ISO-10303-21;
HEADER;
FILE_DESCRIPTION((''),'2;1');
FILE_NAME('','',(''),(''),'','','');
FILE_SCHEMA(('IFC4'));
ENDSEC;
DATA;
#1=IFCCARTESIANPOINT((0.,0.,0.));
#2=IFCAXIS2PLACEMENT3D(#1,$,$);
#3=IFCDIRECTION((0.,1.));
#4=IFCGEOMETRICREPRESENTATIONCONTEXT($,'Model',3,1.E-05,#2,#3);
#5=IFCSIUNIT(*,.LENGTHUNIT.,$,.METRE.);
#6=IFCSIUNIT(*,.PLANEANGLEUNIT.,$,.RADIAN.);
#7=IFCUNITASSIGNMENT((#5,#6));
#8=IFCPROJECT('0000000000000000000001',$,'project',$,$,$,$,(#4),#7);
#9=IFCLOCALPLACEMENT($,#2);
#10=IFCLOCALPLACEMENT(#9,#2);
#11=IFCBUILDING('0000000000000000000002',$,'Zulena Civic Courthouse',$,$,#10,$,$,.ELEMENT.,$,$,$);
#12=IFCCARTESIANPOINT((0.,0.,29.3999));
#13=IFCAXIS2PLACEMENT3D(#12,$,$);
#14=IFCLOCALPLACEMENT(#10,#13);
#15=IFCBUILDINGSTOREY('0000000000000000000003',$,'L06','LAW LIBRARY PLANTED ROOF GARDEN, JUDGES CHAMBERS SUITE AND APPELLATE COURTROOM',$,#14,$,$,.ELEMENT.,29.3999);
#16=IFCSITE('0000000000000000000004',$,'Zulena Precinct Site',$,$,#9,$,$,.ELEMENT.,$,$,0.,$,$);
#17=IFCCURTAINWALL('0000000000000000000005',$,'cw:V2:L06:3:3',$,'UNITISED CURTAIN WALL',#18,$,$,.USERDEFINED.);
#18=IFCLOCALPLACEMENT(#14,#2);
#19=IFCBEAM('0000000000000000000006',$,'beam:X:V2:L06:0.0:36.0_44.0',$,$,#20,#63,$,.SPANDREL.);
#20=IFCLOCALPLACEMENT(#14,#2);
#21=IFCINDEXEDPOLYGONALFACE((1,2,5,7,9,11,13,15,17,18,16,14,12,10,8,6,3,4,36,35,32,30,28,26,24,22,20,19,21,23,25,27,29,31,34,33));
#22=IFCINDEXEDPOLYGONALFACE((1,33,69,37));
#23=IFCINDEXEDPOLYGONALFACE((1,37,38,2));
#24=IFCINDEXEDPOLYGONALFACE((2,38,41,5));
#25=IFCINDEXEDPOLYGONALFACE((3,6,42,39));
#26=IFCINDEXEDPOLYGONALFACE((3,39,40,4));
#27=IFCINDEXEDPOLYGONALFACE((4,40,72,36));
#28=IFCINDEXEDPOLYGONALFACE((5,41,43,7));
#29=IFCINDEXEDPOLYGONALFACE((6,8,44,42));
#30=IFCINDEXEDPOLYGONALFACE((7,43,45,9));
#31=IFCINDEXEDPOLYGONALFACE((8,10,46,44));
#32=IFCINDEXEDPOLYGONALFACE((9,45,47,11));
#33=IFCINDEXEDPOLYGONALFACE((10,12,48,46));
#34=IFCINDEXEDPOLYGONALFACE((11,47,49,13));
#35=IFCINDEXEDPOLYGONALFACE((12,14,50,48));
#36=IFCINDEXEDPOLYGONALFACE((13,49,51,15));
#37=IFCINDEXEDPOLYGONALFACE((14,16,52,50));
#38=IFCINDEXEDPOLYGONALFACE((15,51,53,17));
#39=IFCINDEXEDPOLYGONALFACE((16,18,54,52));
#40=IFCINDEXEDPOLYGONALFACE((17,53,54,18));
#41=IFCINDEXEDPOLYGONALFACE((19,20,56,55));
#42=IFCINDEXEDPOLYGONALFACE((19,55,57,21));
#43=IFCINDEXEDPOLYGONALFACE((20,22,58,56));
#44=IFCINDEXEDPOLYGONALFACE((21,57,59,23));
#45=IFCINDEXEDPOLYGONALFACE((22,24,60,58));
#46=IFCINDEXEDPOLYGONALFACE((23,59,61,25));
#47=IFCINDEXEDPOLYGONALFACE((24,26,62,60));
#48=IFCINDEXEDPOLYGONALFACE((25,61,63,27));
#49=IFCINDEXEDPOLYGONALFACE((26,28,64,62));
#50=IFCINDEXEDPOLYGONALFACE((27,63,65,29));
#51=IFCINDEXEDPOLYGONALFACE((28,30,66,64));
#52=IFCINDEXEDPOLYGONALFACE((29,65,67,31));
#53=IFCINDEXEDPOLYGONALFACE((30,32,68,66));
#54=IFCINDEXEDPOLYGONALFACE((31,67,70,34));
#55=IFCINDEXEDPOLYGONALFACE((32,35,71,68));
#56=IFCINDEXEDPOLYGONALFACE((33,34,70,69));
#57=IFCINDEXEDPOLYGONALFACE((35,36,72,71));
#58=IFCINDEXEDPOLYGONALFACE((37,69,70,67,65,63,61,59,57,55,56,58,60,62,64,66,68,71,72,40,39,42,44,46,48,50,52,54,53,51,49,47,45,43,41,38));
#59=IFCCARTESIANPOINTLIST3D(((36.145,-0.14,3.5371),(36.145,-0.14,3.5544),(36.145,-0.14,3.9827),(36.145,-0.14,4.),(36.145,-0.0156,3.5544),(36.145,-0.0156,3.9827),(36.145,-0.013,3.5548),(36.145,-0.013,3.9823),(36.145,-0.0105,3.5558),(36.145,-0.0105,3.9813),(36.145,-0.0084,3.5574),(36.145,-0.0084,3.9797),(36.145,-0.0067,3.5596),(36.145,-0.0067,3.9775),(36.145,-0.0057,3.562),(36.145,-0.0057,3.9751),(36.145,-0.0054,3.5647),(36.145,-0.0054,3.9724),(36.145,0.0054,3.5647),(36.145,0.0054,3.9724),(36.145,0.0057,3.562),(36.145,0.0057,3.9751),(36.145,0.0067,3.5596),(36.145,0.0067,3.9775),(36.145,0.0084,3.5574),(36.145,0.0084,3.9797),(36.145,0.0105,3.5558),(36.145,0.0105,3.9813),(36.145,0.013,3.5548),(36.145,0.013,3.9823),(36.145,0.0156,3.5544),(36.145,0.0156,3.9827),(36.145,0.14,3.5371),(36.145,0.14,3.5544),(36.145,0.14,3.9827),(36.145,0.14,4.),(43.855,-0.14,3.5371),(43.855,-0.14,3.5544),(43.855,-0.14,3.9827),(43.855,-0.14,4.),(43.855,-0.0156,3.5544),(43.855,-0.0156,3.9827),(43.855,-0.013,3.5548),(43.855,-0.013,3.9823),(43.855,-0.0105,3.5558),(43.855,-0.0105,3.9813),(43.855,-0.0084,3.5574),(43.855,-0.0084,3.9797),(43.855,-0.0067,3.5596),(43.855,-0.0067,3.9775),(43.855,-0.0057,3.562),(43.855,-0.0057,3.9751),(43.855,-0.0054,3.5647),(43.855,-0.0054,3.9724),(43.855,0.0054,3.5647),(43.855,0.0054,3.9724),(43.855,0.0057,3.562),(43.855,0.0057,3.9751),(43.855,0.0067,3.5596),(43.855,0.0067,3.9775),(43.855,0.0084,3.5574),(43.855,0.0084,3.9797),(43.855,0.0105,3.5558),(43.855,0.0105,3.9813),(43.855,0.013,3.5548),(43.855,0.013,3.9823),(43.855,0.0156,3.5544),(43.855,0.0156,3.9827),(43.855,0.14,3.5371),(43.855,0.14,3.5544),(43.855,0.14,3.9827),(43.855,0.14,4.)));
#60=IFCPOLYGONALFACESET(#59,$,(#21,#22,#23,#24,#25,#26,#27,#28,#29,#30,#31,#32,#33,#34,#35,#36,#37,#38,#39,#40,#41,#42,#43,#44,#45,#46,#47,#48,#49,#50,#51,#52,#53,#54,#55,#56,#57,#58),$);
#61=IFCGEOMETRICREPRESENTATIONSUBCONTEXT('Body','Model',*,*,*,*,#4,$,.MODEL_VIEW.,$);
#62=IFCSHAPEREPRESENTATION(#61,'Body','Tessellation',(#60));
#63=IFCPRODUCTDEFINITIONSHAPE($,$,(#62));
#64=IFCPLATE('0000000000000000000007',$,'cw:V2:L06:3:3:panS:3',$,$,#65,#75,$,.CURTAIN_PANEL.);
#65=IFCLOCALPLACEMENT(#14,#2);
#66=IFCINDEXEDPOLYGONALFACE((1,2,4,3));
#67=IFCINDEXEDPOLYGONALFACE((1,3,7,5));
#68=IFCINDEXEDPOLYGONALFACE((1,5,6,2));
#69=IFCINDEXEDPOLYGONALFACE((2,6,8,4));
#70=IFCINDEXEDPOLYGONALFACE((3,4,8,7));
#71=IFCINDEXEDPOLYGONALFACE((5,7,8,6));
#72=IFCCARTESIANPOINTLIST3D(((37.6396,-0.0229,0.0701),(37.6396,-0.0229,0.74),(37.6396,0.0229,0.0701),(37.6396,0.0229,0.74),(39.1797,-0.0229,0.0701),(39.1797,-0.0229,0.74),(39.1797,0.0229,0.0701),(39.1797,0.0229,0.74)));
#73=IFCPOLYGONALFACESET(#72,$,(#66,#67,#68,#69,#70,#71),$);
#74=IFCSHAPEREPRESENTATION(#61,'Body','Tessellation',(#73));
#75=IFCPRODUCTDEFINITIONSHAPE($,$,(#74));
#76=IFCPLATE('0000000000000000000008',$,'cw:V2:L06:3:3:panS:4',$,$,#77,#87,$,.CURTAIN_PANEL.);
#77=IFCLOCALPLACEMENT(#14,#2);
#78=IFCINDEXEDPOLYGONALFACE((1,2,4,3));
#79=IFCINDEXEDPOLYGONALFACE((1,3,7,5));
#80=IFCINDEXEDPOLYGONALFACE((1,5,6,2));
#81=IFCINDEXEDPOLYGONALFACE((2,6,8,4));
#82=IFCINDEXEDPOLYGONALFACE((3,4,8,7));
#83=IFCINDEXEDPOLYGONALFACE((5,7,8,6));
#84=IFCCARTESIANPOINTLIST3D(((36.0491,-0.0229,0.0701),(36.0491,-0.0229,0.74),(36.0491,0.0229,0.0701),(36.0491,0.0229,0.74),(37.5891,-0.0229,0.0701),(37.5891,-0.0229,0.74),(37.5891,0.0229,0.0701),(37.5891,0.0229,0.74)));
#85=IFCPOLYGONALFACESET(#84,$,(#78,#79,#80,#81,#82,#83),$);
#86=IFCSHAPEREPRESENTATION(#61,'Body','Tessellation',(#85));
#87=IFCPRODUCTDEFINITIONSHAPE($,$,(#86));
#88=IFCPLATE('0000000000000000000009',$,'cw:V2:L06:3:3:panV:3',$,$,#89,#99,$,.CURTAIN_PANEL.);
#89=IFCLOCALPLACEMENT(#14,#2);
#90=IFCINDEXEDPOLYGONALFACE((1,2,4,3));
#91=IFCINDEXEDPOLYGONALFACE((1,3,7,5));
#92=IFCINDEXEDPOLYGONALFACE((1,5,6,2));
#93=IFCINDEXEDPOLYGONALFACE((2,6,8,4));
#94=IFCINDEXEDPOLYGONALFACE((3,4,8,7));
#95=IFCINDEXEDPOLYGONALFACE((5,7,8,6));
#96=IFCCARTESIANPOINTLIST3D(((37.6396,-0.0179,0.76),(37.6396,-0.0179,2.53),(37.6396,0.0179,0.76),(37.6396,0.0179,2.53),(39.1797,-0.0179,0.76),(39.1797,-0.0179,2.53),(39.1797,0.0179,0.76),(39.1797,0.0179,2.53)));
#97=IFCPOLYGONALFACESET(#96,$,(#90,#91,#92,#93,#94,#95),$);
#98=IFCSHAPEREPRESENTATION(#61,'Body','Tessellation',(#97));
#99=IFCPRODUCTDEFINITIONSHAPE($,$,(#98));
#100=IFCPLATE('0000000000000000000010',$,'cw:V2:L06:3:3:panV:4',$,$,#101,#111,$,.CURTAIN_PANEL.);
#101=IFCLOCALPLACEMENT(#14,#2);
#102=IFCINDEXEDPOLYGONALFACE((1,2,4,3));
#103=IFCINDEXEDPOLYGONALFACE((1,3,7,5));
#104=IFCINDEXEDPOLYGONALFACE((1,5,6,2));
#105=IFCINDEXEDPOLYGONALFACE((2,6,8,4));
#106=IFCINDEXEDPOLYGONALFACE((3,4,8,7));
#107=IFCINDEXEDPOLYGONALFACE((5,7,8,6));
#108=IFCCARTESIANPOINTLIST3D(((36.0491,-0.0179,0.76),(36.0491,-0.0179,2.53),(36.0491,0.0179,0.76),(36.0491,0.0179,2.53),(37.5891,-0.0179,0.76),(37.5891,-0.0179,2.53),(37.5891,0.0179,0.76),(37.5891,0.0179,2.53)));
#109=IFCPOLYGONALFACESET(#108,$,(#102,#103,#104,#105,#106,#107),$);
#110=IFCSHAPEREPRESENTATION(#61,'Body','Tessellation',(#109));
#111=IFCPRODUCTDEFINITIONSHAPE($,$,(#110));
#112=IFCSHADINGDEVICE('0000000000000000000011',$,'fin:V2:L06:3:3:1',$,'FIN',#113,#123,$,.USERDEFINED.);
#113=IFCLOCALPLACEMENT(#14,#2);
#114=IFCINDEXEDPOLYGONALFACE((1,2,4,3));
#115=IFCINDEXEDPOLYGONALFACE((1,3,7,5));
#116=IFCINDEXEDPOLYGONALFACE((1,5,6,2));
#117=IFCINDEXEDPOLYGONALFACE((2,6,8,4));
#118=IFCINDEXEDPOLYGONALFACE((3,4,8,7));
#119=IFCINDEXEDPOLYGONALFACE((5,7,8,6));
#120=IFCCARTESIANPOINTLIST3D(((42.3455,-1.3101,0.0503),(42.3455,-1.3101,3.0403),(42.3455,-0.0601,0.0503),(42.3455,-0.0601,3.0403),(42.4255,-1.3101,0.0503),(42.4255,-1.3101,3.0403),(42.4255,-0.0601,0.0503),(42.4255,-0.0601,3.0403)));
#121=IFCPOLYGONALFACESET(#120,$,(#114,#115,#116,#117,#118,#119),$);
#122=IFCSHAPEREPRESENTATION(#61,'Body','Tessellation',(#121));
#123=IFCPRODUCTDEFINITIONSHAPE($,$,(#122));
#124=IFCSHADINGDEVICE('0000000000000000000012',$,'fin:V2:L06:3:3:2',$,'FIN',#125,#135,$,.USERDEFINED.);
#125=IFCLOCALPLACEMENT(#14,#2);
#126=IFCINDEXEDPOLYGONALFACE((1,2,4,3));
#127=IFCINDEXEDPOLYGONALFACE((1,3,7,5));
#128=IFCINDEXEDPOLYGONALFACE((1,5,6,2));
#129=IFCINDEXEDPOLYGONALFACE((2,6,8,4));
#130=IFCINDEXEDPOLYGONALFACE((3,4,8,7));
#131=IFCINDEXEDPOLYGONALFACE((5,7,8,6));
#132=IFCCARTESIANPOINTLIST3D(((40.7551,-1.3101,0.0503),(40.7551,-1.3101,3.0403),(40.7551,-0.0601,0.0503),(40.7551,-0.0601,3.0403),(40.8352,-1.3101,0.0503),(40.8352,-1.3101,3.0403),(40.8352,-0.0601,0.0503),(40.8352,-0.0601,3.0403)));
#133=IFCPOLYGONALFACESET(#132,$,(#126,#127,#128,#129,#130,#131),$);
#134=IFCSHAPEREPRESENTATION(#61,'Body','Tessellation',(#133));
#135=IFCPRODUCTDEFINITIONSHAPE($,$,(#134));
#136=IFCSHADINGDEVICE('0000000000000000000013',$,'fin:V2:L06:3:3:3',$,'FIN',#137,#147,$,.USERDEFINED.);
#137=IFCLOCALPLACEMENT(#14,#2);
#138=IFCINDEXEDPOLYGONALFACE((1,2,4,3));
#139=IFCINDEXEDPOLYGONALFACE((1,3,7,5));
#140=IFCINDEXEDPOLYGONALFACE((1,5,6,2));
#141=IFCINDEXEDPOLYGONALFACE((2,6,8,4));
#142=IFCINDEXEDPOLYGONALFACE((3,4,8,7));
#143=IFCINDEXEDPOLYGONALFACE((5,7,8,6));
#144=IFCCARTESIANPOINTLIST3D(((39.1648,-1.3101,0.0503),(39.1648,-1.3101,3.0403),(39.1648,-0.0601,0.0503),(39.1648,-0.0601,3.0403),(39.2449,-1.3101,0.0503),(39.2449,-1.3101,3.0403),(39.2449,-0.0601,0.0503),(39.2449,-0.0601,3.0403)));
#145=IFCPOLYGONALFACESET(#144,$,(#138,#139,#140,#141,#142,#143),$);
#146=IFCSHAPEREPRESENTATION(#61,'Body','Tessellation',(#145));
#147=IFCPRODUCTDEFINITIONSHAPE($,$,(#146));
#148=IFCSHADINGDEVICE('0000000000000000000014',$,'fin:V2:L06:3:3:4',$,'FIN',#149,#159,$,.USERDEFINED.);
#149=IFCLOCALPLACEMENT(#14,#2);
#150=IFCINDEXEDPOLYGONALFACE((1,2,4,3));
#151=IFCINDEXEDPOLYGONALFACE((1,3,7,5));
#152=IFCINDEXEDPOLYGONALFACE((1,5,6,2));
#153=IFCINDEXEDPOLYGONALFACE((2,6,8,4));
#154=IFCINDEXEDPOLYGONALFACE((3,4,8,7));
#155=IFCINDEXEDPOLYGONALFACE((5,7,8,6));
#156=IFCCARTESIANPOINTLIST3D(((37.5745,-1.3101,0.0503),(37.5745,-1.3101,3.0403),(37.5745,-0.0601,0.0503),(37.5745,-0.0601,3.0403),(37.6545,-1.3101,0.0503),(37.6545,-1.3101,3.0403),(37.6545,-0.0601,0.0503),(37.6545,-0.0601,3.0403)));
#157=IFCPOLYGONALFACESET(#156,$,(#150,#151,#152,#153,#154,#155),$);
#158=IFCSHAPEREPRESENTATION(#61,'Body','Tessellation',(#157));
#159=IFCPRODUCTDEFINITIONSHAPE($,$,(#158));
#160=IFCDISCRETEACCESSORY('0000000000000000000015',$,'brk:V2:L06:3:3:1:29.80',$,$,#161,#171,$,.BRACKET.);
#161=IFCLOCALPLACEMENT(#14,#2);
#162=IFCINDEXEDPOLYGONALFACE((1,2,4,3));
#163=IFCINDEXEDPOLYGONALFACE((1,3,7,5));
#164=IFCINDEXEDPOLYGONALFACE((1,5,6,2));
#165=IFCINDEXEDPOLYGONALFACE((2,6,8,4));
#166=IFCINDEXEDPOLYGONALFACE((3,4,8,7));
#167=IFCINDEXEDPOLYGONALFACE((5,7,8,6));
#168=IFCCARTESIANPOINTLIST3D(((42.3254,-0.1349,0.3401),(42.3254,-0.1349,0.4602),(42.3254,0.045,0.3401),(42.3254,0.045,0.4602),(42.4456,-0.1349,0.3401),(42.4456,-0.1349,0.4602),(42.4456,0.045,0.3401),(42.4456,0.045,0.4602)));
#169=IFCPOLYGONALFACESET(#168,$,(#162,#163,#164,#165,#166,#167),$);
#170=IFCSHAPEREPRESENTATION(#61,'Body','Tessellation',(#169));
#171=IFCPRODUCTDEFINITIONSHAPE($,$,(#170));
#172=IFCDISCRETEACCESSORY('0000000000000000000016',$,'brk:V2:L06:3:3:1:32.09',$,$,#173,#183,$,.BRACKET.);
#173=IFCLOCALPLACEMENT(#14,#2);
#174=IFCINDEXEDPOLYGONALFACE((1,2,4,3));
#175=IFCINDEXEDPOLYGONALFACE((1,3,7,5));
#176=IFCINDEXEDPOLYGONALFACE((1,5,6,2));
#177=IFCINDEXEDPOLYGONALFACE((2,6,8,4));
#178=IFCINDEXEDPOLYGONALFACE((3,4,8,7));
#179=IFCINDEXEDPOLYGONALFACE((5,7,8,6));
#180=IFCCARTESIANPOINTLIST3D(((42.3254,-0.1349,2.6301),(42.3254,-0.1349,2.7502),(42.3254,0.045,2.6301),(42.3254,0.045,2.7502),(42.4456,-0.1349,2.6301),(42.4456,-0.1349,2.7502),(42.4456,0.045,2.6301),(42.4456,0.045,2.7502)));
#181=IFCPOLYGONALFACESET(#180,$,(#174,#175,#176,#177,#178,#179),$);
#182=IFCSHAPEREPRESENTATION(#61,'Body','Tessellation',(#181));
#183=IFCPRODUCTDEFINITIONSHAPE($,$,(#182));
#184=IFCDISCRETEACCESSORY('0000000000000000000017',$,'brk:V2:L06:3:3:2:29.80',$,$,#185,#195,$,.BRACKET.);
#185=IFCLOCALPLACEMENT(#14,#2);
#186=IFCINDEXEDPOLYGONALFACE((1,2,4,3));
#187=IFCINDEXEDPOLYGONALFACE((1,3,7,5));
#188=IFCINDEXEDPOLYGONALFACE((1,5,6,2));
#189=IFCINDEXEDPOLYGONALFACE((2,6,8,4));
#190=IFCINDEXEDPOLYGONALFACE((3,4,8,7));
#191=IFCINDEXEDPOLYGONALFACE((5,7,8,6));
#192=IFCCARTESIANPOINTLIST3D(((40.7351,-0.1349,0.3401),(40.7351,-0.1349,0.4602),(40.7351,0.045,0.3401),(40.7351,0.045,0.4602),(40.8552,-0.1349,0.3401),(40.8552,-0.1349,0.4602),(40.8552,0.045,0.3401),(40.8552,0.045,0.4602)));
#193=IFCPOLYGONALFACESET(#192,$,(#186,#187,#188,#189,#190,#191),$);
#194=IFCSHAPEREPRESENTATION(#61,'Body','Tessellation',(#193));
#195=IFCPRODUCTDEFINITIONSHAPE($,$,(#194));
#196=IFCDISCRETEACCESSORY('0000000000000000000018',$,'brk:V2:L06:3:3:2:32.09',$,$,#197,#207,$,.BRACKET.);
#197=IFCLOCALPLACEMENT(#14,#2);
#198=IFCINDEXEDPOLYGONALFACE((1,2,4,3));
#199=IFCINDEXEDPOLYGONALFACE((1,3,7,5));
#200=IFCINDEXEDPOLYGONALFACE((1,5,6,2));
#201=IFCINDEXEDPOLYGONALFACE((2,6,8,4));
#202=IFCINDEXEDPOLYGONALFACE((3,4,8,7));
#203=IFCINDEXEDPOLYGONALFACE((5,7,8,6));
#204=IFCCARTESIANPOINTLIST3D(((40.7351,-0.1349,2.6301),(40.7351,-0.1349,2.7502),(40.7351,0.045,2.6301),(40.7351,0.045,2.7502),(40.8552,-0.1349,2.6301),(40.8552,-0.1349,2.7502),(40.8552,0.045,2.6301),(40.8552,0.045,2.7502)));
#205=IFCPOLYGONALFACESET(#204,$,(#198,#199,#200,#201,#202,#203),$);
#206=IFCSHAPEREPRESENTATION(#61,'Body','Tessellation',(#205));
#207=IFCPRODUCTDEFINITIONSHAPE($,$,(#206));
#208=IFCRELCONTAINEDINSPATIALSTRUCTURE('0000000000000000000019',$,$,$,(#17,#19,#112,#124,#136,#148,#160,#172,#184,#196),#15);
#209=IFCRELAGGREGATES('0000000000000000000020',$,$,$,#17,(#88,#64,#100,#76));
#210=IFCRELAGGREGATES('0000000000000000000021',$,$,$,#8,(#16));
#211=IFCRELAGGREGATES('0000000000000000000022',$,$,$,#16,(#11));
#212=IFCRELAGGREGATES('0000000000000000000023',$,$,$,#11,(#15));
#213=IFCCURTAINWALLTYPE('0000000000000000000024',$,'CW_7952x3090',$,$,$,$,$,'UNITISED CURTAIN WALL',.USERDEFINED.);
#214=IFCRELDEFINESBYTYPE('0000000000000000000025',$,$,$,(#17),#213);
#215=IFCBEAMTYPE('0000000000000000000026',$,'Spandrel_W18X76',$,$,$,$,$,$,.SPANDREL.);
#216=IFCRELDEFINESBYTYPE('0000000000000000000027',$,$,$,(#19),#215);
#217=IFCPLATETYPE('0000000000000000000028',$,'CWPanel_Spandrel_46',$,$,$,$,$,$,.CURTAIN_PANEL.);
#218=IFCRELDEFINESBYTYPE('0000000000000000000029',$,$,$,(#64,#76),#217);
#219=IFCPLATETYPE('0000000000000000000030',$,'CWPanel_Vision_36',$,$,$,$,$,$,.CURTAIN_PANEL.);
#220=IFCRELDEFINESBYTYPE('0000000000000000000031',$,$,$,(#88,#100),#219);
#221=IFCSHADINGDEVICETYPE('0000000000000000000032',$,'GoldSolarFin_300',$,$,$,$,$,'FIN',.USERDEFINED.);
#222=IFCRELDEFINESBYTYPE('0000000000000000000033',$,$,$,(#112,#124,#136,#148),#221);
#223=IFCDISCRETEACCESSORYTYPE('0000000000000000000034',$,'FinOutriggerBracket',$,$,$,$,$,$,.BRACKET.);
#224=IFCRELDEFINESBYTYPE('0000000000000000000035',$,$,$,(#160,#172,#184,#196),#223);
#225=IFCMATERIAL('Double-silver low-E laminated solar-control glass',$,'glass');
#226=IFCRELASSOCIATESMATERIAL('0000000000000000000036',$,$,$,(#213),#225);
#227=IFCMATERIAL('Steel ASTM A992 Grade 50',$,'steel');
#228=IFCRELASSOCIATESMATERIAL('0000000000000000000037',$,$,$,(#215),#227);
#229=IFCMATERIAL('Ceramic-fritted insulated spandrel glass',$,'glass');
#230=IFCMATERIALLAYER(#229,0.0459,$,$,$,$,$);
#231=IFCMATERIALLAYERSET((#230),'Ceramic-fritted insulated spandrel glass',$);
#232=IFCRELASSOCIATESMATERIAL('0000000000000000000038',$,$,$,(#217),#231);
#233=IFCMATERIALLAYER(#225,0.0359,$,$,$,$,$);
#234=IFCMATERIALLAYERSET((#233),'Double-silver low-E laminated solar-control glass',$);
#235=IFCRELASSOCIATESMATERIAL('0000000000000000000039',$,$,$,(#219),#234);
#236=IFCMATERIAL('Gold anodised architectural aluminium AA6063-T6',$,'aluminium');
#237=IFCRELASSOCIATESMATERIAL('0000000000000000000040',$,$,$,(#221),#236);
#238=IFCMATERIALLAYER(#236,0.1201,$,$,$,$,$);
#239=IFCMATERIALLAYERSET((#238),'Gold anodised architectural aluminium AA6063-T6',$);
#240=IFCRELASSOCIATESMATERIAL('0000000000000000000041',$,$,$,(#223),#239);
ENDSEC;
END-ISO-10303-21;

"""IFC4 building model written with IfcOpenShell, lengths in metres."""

from ifc_helpers import new_model, si_unit, direction, frame, origin, origin_2d, place, context, subcontext, project, spatial, rectangle, i_section, extrude, material, layer, layer_set, material_profile, profile_set, type_object, element, aggregate, save


model = new_model("IFC4")

# Units and contexts
model_context = context("Model", 3, precision=1e-05, world=origin(), true_north=direction((0.0, 1.0)))
body_context = subcontext(model_context, "Body", "Model", "MODEL_VIEW")
ifc_project = project(units=[si_unit("LENGTHUNIT", "METRE"), si_unit("PLANEANGLEUNIT", "RADIAN")], contexts=[model_context])

# Site, building, storey
site_placement = place(None, origin())
site = spatial("IfcSite", under=ifc_project, at=site_placement, Name="Zulena Precinct Site", CompositionType="ELEMENT", RefElevation=0.0)
building_placement = place(site_placement, origin())
building = spatial("IfcBuilding", under=site, at=building_placement, Name="Zulena Civic Courthouse", CompositionType="ELEMENT")
storey_placement = place(building_placement, frame((0.0, 0.0, 29.3999)))
storey = spatial("IfcBuildingStorey", under=building, at=storey_placement, Name="L06", Description="LAW LIBRARY PLANTED ROOF GARDEN, JUDGES CHAMBERS SUITE AND APPELLATE COURTROOM", CompositionType="ELEMENT", Elevation=29.3999)

# Shared definitions
ifc_material_1 = material(Name="Steel ASTM A992 Grade 50", Category="steel")

# Curtain wall
ifc_material_2 = material(Name="Double-silver low-E laminated solar-control glass", Category="glass")
curtain_wall_type = type_object("IfcCurtainWallType", Name="CW_7952x3090", ElementType="UNITISED CURTAIN WALL", PredefinedType="USERDEFINED", material=ifc_material_2)
curtain_wall_1_placement = place(storey_placement, origin())
curtain_wall_1 = element("IfcCurtainWall", 1, at=curtain_wall_1_placement, inside=storey, type_object=curtain_wall_type, Name="cw:V2:L06:3:3", ObjectType="UNITISED CURTAIN WALL", PredefinedType="USERDEFINED")

# Beam
ifc_material_profile_1 = material_profile(ifc_material_1, i_section(OverallWidth=0.28, OverallDepth=0.4629, WebThickness=0.0107, FlangeThickness=0.0173, FilletRadius=0.0103, at=origin_2d()), Name="W18X76")
ifc_profile_set_1 = profile_set([ifc_material_profile_1], Name="Steel ASTM A992 Grade 50")
beam_type = type_object("IfcBeamType", Name="Spandrel_W18X76", PredefinedType="SPANDREL", material=ifc_profile_set_1)
beam_placement = place(storey_placement, frame((36.145, 0.0, 3.7686), z_axis=(1.0, 0.0, 0.0), x_axis=(0.0, 1.0, 0.0)))
element("IfcBeam", 2, at=beam_placement, inside=storey, type_object=beam_type, Name="beam:X:V2:L06:0.0:36.0_44.0", PredefinedType="SPANDREL", context=body_context, shape_type="SweptSolid", body=[
    extrude(i_section(OverallWidth=0.28, OverallDepth=0.4629, WebThickness=0.0107, FlangeThickness=0.0173, FilletRadius=0.0103, at=origin_2d()), origin(), (0.0, 0.0, 1.0), 7.71),
])

# Plates
ifc_material_3 = material(Name="Ceramic-fritted insulated spandrel glass", Category="glass")
ifc_layer_1 = layer(ifc_material_3, 0.0459)
ifc_layer_set_1 = layer_set([ifc_layer_1], Name="Ceramic-fritted insulated spandrel glass")
plate_type_1 = type_object("IfcPlateType", Name="CWPanel_Spandrel_46", PredefinedType="CURTAIN_PANEL", material=ifc_layer_set_1)
plate_1_placement = place(storey_placement, frame((38.4097, 0.0, 0.0701), z_axis=(0.0, 0.0, 1.0), x_axis=(-1.0, 0.0, 0.0)))
plate_1 = element("IfcPlate", 3, at=plate_1_placement, type_object=plate_type_1, Name="cw:V2:L06:3:3:panS:3", PredefinedType="CURTAIN_PANEL", context=body_context, shape_type="SweptSolid", body=[
    extrude(rectangle(XDim=1.54, YDim=0.0459, at=origin_2d()), origin(), (0.0, 0.0, 1.0), 0.6699),
])
plate_2_placement = place(storey_placement, frame((36.8191, 0.0, 0.0701), z_axis=(0.0, 0.0, 1.0), x_axis=(-1.0, 0.0, 0.0)))
plate_2 = element("IfcPlate", 4, at=plate_2_placement, type_object=plate_type_1, Name="cw:V2:L06:3:3:panS:4", PredefinedType="CURTAIN_PANEL", context=body_context, shape_type="SweptSolid", body=[
    extrude(rectangle(XDim=1.54, YDim=0.0459, at=origin_2d()), origin(), (0.0, 0.0, 1.0), 0.6699),
])
ifc_layer_2 = layer(ifc_material_2, 0.0359)
ifc_layer_set_2 = layer_set([ifc_layer_2], Name="Double-silver low-E laminated solar-control glass")
plate_type_2 = type_object("IfcPlateType", Name="CWPanel_Vision_36", PredefinedType="CURTAIN_PANEL", material=ifc_layer_set_2)
plate_3_placement = place(storey_placement, frame((38.4097, 0.0, 0.76), z_axis=(0.0, 0.0, 1.0), x_axis=(-1.0, 0.0, 0.0)))
plate_3 = element("IfcPlate", 5, at=plate_3_placement, type_object=plate_type_2, Name="cw:V2:L06:3:3:panV:3", PredefinedType="CURTAIN_PANEL", context=body_context, shape_type="SweptSolid", body=[
    extrude(rectangle(XDim=1.54, YDim=0.0359, at=origin_2d()), origin(), (0.0, 0.0, 1.0), 1.77),
])
plate_4_placement = place(storey_placement, frame((36.8191, 0.0, 0.76), z_axis=(0.0, 0.0, 1.0), x_axis=(-1.0, 0.0, 0.0)))
plate_4 = element("IfcPlate", 6, at=plate_4_placement, type_object=plate_type_2, Name="cw:V2:L06:3:3:panV:4", PredefinedType="CURTAIN_PANEL", context=body_context, shape_type="SweptSolid", body=[
    extrude(rectangle(XDim=1.54, YDim=0.0359, at=origin_2d()), origin(), (0.0, 0.0, 1.0), 1.77),
])
aggregate(curtain_wall_1, [plate_3, plate_1, plate_4, plate_2])

# Shading devices
ifc_material_4 = material(Name="Gold anodised architectural aluminium AA6063-T6", Category="aluminium")
shading_device_type = type_object("IfcShadingDeviceType", Name="GoldSolarFin_300", ElementType="FIN", PredefinedType="USERDEFINED", material=ifc_material_4)
for number, where, z_axis, x_axis, name in (
    (7, (42.3855, -0.6851, 0.0503), (0.0, 0.0, 1.0), (0.0, -1.0, 0.0), "fin:V2:L06:3:3:1"),
    (8, (40.7952, -0.6851, 0.0503), (0.0, 0.0, 1.0), (0.0, -1.0, 0.0), "fin:V2:L06:3:3:2"),
    (9, (39.2048, -0.6851, 0.0503), (0.0, 0.0, 1.0), (0.0, -1.0, 0.0), "fin:V2:L06:3:3:3"),
    (10, (37.6145, -0.6851, 0.0503), (0.0, 0.0, 1.0), (0.0, -1.0, 0.0), "fin:V2:L06:3:3:4"),
):
    element("IfcShadingDevice", number, at=place(storey_placement, frame(where, z_axis=z_axis, x_axis=x_axis)), inside=storey, type_object=shading_device_type, Name=name, ObjectType="FIN", PredefinedType="USERDEFINED", context=body_context, shape_type="SweptSolid", body=[
        extrude(rectangle(XDim=1.25, YDim=0.0801, at=origin_2d()), origin(), (0.0, 0.0, 1.0), 2.99),
    ])

# Discrete accessories
ifc_layer_3 = layer(ifc_material_4, 0.1201)
ifc_layer_set_3 = layer_set([ifc_layer_3], Name="Gold anodised architectural aluminium AA6063-T6")
discrete_accessory_type = type_object("IfcDiscreteAccessoryType", Name="FinOutriggerBracket", PredefinedType="BRACKET", material=ifc_layer_set_3)
for number, where, z_axis, x_axis, name in (
    (11, (42.3855, -0.0449, 0.3401), (0.0, 0.0, 1.0), (0.0, -1.0, 0.0), "brk:V2:L06:3:3:1:29.80"),
    (12, (42.3855, -0.0449, 2.6301), (0.0, 0.0, 1.0), (0.0, -1.0, 0.0), "brk:V2:L06:3:3:1:32.09"),
    (13, (40.7952, -0.0449, 0.3401), (0.0, 0.0, 1.0), (0.0, -1.0, 0.0), "brk:V2:L06:3:3:2:29.80"),
    (14, (40.7952, -0.0449, 2.6301), (0.0, 0.0, 1.0), (0.0, -1.0, 0.0), "brk:V2:L06:3:3:2:32.09"),
):
    element("IfcDiscreteAccessory", number, at=place(storey_placement, frame(where, z_axis=z_axis, x_axis=x_axis)), inside=storey, type_object=discrete_accessory_type, Name=name, PredefinedType="BRACKET", context=body_context, shape_type="SweptSolid", body=[
        extrude(rectangle(XDim=0.1799, YDim=0.1201, at=origin_2d()), origin(), (0.0, 0.0, 1.0), 0.1201),
    ])

save(model, "model.ifc")
